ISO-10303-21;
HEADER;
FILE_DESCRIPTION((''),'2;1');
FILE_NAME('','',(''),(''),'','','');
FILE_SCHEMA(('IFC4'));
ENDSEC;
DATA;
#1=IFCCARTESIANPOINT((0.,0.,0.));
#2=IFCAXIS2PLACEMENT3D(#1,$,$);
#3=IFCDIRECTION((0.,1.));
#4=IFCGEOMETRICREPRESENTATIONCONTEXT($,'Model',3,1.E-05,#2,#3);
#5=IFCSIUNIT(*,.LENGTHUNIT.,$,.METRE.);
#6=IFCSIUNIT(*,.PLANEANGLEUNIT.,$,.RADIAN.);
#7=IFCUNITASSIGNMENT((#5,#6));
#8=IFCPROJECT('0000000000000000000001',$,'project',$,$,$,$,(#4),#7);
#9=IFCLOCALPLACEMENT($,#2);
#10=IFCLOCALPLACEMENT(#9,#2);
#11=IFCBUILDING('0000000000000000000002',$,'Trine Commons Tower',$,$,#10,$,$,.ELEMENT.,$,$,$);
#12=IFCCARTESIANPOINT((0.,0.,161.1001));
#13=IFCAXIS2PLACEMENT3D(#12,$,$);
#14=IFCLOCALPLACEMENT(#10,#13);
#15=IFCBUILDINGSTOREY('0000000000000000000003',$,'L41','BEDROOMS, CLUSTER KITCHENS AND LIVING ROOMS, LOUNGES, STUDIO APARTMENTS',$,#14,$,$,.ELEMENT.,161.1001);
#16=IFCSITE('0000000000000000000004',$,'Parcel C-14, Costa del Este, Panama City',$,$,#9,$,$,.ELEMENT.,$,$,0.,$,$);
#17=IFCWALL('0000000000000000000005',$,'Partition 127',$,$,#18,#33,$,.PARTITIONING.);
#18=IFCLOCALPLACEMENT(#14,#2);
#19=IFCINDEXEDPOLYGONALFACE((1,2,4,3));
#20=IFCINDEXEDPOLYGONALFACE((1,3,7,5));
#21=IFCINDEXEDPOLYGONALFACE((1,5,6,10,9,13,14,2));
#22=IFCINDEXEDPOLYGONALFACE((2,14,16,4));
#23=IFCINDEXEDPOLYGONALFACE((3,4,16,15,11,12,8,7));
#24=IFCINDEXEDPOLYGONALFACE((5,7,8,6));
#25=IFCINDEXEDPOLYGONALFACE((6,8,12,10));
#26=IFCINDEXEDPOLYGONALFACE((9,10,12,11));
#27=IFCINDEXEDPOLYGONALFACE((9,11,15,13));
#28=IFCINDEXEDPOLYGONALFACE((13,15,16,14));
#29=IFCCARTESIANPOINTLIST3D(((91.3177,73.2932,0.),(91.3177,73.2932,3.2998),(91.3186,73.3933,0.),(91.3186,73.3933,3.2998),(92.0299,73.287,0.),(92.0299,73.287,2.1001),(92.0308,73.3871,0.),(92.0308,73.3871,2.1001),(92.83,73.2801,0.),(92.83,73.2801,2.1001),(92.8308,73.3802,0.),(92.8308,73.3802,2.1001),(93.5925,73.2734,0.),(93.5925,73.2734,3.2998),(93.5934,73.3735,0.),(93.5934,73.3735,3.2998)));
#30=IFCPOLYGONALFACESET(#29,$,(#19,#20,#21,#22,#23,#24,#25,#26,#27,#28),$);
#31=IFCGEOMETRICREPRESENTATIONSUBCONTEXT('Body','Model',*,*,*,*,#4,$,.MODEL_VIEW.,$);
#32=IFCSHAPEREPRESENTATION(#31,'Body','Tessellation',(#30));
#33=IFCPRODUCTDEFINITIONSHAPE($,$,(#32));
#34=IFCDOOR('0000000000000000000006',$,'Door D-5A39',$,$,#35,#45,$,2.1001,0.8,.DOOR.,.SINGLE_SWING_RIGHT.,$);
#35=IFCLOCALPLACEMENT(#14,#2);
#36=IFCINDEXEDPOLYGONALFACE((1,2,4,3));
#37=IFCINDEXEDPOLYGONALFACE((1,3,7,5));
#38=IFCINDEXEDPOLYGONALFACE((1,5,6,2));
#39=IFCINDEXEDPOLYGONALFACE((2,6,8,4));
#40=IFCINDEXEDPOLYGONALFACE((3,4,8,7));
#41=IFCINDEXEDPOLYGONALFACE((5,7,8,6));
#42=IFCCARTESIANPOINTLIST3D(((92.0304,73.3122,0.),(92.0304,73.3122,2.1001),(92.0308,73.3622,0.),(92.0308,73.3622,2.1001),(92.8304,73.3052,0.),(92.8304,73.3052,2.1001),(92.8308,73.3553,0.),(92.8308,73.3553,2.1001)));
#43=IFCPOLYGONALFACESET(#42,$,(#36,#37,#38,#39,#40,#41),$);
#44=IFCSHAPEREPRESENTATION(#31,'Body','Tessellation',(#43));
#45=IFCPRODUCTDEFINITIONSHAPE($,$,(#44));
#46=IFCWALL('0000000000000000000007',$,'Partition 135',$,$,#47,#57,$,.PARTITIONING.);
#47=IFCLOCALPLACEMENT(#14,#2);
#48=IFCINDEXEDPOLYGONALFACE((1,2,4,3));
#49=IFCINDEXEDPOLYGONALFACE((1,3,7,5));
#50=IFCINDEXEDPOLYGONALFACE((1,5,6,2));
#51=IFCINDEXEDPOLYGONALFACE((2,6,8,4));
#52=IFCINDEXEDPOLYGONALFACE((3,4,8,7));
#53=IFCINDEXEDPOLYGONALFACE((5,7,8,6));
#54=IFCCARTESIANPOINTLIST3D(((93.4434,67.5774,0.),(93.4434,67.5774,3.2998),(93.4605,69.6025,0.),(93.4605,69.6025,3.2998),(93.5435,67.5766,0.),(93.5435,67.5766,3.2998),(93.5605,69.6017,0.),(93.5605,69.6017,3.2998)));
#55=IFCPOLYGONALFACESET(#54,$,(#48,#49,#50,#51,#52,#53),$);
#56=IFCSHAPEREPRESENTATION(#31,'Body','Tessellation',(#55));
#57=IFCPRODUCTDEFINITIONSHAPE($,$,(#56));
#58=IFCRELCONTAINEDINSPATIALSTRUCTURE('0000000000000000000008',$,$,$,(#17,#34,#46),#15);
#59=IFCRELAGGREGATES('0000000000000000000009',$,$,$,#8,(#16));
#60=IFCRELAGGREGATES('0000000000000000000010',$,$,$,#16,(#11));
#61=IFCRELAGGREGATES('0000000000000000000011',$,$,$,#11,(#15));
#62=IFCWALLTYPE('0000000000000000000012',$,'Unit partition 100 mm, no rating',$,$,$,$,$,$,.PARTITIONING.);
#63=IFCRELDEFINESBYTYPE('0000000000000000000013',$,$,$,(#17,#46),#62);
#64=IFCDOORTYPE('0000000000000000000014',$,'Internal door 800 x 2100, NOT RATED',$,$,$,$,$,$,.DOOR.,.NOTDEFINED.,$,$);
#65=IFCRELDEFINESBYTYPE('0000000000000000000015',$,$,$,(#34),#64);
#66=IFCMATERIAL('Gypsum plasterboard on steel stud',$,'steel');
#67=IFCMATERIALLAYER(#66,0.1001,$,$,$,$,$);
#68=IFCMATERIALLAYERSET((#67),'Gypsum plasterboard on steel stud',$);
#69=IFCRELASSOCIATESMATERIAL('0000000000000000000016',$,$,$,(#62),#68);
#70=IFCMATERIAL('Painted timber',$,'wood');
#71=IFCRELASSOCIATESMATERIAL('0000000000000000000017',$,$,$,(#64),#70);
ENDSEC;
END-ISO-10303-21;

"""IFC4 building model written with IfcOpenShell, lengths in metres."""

from ifc_helpers import new_model, si_unit, direction, frame, frame_2d, origin, place, context, subcontext, project, spatial, rectangle, extrude, material, layer, layer_set, type_object, element, fill, save


model = new_model("IFC4")

# Units and contexts
model_context = context("Model", 3, precision=1e-05, world=origin(), true_north=direction((0.0, 1.0)))
body_context = subcontext(model_context, "Body", "Model", "MODEL_VIEW")
ifc_project = project(units=[si_unit("LENGTHUNIT", "METRE"), si_unit("PLANEANGLEUNIT", "RADIAN")], contexts=[model_context])

# Site, building, storey
site_placement = place(None, origin())
site = spatial("IfcSite", under=ifc_project, at=site_placement, Name="Parcel C-14, Costa del Este, Panama City", CompositionType="ELEMENT", RefElevation=0.0)
building_placement = place(site_placement, origin())
building = spatial("IfcBuilding", under=site, at=building_placement, Name="Trine Commons Tower", CompositionType="ELEMENT")
storey_placement = place(building_placement, frame((0.0, 0.0, 161.1001)))
storey = spatial("IfcBuildingStorey", under=building, at=storey_placement, Name="L41", Description="BEDROOMS, CLUSTER KITCHENS AND LIVING ROOMS, LOUNGES, STUDIO APARTMENTS", CompositionType="ELEMENT", Elevation=161.1001)

# Shared definitions
ifc_material_1 = material(Name="Gypsum plasterboard on steel stud", Category="steel")

# Wall, opening, door
ifc_layer_1 = layer(ifc_material_1, 0.1001)
ifc_layer_set_1 = layer_set([ifc_layer_1], Name="Gypsum plasterboard on steel stud")
wall_type_1 = type_object("IfcWallType", Name="Unit partition 100 mm, no rating", PredefinedType="PARTITIONING", material=ifc_layer_set_1)
ifc_material_2 = material(Name="Painted timber", Category="wood")
door_type_1 = type_object("IfcDoorType", Name="Internal door 800 x 2100, NOT RATED", OperationType="NOTDEFINED", PredefinedType="DOOR", material=ifc_material_2)
wall_1_placement = place(storey_placement, frame((91.3181, 73.3433, 0.0), z_axis=(0.0, 0.0, 1.0), x_axis=(0.999962, -0.008693, 0.0)))
wall_1 = element("IfcWall", 1, at=wall_1_placement, inside=storey, type_object=wall_type_1, Name="Partition 127", PredefinedType="PARTITIONING", context=body_context, shape_type="SweptSolid", body=[
    extrude(rectangle(XDim=2.2749, YDim=0.1001, at=frame_2d((1.1375, 0.0))), origin(), (0.0, 0.0, 1.0), 3.2998),
])
opening_1_placement = place(wall_1_placement, frame((0.7124, 0.0, 0.0)))
opening_1 = element("IfcOpeningElement", 2, at=opening_1_placement, cuts=wall_1, PredefinedType="OPENING", context=body_context, shape_type="SweptSolid", body=[
    extrude(rectangle(XDim=0.8, YDim=2.1001, at=frame_2d((0.3999, 1.05))), frame((0.0, 0.0601, 0.0), z_axis=(0.0, -1.0, 0.0), x_axis=(1.0, 0.0, 0.0)), (0.0, 0.0, 1.0), 0.1201),
])
door_1_placement = place(opening_1_placement, frame((0.8, 0.0, 0.0), z_axis=(0.0, 0.0, 1.0), x_axis=(-1.0, 0.0, 0.0)))
door_1 = element("IfcDoor", 3, at=door_1_placement, inside=storey, type_object=door_type_1, Name="Door D-5A39", OperationType="SINGLE_SWING_RIGHT", OverallHeight=2.1001, OverallWidth=0.8, PredefinedType="DOOR", context=body_context, shape_type="SweptSolid", body=[
    extrude(rectangle(XDim=0.8, YDim=2.1001, at=frame_2d((0.3999, 1.05))), frame((0.0, 0.0249, 0.0), z_axis=(0.0, -1.0, 0.0), x_axis=(1.0, 0.0, 0.0)), (0.0, 0.0, 1.0), 0.05),
])
fill(opening_1, door_1)

# Wall
wall_2_placement = place(storey_placement, frame((93.4934, 67.5769, 0.0), z_axis=(0.0, 0.0, 1.0), x_axis=(0.008439, 0.999964, 0.0)))
element("IfcWall", 4, at=wall_2_placement, inside=storey, type_object=wall_type_1, Name="Partition 135", PredefinedType="PARTITIONING", context=body_context, shape_type="SweptSolid", body=[
    extrude(rectangle(XDim=2.0251, YDim=0.1001, at=frame_2d((1.0127, 0.0))), origin(), (0.0, 0.0, 1.0), 3.2998),
])

save(model, "model.ifc")
